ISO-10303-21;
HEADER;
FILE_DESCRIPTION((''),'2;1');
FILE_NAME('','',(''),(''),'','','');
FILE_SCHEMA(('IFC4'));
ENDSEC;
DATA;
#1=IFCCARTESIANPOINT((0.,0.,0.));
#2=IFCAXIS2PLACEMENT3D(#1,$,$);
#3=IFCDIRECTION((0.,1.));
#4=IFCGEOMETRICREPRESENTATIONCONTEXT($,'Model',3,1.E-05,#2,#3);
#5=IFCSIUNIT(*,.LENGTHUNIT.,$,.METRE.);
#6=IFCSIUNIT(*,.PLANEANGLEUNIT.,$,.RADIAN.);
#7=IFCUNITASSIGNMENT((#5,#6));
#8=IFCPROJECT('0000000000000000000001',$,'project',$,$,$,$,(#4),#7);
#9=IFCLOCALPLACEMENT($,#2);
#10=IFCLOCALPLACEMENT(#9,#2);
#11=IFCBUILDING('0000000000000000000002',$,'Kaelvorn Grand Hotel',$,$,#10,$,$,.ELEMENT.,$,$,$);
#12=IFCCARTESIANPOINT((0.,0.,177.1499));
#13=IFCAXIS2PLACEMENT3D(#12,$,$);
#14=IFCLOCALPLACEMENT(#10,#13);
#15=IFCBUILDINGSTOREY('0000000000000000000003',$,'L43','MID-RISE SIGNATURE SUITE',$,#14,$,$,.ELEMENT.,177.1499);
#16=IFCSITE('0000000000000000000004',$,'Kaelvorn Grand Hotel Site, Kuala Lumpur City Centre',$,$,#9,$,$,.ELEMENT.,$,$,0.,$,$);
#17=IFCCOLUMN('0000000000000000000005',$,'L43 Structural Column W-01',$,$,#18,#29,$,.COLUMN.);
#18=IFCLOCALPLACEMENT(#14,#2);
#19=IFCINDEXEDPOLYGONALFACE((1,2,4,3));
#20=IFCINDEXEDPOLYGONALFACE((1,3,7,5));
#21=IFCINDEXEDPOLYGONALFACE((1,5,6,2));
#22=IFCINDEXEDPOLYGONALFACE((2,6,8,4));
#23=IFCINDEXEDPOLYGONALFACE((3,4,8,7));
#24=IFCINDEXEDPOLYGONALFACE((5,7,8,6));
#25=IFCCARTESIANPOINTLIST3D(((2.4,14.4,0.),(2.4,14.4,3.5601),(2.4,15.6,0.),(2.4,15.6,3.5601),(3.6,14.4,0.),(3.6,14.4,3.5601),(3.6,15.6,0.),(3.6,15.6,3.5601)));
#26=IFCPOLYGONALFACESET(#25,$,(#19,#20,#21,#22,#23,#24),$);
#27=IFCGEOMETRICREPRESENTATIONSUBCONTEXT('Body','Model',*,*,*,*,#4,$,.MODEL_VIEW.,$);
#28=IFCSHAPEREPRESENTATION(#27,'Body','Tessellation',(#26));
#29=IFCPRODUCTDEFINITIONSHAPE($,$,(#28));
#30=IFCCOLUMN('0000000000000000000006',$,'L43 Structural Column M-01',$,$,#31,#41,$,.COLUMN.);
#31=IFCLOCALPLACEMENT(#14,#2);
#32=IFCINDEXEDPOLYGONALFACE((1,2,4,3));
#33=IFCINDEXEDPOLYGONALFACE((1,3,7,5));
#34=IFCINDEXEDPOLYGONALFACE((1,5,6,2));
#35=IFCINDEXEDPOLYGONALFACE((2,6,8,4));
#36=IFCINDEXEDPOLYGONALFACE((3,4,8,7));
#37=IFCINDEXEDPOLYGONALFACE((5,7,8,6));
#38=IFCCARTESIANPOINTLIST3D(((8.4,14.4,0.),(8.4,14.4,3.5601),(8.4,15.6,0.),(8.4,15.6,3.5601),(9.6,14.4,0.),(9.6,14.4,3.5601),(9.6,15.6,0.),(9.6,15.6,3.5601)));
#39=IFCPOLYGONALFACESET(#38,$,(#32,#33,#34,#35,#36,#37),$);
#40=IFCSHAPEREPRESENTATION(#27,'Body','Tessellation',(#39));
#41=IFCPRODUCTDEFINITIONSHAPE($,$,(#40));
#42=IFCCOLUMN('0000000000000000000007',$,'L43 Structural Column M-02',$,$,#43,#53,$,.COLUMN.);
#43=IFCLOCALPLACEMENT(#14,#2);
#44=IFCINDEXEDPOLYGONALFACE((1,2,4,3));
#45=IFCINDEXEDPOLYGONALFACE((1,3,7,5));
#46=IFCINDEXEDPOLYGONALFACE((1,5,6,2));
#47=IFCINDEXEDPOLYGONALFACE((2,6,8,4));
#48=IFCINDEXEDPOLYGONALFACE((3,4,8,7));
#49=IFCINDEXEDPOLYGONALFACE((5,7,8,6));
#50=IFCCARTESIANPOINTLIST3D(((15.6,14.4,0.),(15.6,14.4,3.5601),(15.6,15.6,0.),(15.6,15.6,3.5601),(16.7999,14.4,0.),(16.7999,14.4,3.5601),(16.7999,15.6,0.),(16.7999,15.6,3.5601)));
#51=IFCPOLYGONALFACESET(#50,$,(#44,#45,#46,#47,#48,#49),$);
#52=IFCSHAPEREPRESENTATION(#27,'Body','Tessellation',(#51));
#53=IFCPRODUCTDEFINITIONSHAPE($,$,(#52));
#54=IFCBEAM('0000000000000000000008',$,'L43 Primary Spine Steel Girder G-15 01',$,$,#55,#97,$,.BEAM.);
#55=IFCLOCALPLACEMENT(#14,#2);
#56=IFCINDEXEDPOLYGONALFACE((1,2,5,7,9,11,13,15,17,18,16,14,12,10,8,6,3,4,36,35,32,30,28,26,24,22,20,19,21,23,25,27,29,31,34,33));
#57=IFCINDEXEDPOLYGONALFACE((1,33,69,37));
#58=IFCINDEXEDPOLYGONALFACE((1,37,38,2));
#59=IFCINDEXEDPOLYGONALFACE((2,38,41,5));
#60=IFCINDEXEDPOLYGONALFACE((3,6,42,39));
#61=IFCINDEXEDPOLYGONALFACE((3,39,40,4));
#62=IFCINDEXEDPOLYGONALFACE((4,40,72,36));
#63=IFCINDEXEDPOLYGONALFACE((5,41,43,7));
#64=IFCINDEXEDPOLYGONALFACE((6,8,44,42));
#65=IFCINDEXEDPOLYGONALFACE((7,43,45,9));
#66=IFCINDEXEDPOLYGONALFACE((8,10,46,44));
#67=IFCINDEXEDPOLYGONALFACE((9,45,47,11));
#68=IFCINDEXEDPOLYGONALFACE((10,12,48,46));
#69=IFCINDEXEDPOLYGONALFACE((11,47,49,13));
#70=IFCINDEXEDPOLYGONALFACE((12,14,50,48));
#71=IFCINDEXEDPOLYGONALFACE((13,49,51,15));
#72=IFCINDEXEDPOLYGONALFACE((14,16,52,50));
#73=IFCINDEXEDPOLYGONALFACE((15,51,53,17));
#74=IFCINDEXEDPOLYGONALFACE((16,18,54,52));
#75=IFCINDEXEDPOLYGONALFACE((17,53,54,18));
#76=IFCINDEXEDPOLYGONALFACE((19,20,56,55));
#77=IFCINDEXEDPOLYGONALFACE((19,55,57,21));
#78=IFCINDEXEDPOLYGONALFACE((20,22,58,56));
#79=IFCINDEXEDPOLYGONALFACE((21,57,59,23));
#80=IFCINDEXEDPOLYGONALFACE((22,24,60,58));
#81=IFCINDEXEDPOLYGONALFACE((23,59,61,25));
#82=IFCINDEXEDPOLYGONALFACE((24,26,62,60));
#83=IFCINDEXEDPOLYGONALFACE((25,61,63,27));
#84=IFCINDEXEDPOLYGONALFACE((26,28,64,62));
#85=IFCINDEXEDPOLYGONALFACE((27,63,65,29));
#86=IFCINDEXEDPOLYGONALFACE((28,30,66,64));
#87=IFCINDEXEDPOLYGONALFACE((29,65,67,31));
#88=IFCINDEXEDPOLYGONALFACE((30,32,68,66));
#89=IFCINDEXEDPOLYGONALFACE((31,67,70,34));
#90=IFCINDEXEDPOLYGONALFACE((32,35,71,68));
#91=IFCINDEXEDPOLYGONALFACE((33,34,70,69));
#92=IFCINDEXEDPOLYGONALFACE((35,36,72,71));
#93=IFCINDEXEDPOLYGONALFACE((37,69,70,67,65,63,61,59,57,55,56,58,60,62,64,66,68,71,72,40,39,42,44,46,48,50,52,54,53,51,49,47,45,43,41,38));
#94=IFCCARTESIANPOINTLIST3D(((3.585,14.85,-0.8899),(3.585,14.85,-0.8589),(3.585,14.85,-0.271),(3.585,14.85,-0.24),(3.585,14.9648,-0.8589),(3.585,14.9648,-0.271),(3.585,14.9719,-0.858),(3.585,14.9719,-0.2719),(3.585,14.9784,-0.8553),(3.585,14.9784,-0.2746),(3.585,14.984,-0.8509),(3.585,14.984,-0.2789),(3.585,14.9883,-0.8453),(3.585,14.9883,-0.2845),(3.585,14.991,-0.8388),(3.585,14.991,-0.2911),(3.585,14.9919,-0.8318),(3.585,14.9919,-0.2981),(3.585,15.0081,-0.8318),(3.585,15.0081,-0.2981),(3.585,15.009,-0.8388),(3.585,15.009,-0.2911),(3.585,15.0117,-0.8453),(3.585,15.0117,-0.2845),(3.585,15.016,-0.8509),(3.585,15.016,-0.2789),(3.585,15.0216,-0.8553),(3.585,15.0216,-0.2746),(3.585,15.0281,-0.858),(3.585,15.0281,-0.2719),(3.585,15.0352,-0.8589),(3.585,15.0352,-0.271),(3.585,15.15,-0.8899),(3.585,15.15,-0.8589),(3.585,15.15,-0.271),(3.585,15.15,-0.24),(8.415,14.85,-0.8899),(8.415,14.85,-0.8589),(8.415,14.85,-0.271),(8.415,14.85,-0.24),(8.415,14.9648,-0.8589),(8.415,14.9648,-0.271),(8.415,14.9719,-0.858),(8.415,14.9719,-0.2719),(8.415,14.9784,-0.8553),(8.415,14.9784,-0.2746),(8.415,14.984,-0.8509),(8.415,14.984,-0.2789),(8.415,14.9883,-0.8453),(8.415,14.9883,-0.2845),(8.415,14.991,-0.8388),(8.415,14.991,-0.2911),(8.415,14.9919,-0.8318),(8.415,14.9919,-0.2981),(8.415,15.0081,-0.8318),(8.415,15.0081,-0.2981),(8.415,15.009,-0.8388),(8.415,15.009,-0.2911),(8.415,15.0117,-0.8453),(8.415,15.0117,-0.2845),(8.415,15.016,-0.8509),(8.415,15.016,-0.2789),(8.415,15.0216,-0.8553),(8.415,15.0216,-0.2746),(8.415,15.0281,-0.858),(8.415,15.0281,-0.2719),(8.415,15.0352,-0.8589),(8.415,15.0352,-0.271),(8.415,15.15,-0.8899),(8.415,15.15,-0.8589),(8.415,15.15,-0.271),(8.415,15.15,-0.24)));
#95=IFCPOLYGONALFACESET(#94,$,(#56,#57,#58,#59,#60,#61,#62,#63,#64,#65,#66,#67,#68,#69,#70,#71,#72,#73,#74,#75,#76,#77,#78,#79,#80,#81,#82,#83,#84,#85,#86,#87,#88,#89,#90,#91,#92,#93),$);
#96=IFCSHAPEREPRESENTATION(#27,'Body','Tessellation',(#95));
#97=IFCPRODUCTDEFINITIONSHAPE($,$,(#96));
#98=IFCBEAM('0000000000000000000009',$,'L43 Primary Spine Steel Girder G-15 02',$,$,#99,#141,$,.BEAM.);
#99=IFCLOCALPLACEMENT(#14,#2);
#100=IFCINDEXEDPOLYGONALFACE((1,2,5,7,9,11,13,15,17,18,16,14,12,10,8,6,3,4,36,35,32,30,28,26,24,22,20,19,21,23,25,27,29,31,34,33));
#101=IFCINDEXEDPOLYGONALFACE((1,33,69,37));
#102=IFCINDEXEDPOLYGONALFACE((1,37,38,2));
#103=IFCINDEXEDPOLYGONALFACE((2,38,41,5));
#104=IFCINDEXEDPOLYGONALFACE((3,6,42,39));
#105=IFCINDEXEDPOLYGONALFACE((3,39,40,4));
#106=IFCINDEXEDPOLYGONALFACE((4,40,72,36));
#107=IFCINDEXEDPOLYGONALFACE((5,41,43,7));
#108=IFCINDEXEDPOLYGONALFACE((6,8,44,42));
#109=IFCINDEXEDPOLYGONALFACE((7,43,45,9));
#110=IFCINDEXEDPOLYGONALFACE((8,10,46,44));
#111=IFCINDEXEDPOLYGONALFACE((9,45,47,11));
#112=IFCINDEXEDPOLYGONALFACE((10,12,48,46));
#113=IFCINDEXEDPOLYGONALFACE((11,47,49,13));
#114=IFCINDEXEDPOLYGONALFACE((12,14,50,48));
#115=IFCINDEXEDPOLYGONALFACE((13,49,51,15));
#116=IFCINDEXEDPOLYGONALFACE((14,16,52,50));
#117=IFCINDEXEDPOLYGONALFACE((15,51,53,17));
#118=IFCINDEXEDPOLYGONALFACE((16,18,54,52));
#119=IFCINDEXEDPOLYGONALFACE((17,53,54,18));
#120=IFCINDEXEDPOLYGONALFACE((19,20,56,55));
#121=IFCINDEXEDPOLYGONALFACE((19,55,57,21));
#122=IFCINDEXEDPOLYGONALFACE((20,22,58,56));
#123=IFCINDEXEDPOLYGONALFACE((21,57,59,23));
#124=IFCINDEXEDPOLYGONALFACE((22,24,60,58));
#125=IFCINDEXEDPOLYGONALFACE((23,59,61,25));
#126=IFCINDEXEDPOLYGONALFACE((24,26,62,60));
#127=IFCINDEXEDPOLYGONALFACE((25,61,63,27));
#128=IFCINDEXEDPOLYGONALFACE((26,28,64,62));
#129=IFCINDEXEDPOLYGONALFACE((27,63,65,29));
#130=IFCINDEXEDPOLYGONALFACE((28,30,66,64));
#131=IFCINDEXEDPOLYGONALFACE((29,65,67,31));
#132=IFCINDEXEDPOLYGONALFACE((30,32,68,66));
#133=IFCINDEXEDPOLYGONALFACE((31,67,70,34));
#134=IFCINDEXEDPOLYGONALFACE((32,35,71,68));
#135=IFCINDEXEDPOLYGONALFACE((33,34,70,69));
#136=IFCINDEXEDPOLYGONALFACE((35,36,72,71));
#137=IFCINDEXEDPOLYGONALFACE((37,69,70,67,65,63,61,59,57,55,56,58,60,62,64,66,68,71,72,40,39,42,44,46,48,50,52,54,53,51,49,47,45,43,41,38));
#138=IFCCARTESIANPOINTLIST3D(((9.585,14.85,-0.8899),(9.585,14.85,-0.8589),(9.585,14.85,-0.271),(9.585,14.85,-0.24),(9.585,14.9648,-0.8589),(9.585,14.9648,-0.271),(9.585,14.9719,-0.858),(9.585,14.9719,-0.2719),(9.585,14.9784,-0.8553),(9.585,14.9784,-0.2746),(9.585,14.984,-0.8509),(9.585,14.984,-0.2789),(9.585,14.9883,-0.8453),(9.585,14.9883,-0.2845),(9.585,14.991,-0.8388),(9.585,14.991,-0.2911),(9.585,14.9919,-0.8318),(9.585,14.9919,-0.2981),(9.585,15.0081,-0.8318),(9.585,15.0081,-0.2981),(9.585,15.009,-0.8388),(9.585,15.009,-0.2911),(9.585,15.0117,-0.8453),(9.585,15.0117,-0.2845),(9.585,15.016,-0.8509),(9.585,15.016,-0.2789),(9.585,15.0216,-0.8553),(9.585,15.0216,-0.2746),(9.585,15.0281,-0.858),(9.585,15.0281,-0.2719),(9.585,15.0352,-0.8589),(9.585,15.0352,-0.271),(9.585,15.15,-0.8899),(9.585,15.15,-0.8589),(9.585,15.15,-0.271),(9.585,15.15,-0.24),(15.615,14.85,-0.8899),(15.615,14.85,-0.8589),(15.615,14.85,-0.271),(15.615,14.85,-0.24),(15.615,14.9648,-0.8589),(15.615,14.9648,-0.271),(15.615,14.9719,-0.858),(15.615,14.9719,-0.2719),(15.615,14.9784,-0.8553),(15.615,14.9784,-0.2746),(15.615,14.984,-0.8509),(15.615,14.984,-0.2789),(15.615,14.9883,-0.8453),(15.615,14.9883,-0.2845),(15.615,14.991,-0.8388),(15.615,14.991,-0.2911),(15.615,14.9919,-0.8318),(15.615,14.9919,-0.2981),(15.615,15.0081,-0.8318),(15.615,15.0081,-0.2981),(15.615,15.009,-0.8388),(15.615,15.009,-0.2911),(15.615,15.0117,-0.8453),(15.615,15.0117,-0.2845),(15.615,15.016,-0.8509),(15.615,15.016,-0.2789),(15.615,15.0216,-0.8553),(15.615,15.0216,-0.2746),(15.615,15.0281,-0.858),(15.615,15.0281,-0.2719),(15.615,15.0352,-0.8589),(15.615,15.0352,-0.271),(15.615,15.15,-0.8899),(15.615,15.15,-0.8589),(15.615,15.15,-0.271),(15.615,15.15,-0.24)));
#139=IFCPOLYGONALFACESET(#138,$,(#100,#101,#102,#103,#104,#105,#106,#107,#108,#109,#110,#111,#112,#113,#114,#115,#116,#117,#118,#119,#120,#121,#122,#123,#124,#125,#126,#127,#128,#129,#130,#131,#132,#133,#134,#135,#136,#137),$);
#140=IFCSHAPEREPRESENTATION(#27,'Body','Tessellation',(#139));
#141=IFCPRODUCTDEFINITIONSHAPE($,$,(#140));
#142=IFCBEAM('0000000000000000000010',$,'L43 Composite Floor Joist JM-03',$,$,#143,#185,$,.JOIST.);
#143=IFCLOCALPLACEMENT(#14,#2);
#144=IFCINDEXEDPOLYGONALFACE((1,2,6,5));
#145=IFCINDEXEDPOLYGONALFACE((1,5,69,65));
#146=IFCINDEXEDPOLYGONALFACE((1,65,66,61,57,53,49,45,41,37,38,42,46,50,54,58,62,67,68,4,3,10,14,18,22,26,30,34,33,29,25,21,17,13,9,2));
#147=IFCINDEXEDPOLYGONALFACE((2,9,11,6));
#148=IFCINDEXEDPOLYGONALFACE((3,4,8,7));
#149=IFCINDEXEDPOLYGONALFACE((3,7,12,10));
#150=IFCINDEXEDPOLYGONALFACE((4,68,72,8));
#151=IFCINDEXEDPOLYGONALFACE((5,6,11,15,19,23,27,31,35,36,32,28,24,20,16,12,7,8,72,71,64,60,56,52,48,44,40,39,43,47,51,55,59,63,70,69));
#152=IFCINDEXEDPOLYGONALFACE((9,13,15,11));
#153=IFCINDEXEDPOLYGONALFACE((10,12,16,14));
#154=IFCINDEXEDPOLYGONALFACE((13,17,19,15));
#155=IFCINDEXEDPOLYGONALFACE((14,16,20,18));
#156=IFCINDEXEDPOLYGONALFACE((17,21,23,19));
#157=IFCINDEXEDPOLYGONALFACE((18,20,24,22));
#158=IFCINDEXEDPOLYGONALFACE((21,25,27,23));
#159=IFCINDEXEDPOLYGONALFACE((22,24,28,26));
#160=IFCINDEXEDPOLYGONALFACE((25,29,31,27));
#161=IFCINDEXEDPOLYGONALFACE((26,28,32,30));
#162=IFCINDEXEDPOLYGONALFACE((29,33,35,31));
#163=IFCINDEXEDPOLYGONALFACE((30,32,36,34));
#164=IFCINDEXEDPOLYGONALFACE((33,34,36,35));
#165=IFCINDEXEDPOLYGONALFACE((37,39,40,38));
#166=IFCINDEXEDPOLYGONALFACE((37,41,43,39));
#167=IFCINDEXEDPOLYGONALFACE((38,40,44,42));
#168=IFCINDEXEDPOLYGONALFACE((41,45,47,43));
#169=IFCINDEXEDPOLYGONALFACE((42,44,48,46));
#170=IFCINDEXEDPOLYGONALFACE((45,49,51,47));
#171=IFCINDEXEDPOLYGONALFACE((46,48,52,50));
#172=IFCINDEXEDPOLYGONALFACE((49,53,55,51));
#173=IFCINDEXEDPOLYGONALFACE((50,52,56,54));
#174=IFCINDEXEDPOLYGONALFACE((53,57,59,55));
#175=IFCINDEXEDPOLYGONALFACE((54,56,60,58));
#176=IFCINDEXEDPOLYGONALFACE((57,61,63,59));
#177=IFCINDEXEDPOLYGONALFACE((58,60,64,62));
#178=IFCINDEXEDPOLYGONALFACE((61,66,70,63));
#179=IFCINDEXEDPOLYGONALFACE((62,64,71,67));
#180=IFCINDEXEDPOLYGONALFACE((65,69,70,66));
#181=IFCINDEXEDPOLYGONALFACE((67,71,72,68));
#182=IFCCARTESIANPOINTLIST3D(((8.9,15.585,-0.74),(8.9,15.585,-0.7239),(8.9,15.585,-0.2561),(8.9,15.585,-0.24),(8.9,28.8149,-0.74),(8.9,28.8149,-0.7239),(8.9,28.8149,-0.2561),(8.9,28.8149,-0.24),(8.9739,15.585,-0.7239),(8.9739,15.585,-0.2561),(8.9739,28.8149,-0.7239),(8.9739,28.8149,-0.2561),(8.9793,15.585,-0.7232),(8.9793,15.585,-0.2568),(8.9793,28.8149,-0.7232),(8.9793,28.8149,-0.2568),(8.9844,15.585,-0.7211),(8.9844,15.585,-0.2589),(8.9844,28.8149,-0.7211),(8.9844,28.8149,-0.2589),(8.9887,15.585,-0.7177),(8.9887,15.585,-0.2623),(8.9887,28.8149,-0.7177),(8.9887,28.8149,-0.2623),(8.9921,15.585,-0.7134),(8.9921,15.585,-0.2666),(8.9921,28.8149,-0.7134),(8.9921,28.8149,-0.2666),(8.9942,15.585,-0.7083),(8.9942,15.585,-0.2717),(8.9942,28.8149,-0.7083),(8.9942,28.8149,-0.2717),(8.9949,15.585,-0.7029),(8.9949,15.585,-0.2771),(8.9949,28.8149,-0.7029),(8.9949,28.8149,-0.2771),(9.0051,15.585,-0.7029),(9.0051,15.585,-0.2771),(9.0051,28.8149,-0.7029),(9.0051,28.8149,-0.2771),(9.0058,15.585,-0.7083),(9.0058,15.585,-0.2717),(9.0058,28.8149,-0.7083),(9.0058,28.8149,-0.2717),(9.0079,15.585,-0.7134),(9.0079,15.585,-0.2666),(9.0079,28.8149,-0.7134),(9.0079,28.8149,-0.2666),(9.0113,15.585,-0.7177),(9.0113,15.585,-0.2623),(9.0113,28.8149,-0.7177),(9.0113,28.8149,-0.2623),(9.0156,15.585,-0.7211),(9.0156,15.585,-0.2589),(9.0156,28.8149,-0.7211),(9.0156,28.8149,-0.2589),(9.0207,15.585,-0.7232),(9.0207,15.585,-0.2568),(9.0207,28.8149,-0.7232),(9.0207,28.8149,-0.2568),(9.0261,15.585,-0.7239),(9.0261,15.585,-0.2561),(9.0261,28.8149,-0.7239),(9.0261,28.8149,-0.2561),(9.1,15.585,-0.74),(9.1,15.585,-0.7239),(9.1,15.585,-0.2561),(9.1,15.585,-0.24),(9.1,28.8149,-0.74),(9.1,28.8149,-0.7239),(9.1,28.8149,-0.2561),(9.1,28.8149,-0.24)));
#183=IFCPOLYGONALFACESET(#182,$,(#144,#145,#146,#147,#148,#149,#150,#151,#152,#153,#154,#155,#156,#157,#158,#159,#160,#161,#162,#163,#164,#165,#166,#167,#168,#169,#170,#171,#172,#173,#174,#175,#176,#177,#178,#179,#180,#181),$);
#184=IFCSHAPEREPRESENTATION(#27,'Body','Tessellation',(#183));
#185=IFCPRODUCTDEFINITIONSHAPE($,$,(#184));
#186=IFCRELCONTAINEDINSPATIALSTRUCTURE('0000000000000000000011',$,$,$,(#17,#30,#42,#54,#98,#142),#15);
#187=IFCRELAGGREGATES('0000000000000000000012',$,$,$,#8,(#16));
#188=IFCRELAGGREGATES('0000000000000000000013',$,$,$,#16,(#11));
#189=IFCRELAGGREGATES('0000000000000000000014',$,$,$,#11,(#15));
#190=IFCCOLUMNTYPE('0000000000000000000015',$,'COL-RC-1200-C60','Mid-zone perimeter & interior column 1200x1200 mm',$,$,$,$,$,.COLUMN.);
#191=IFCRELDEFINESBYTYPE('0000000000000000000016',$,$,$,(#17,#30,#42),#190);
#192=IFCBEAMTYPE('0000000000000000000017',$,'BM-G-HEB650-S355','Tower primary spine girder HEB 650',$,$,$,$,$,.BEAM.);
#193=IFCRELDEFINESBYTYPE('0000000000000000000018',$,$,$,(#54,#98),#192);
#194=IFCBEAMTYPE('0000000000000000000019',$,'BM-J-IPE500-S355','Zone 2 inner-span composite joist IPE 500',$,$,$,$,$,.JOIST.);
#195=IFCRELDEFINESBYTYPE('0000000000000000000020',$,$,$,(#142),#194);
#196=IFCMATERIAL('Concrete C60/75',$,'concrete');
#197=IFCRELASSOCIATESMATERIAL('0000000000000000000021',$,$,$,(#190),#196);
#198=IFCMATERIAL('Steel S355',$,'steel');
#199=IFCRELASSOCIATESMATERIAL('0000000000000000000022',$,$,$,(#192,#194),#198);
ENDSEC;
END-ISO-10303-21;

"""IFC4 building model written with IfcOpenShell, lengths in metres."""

from ifc_helpers import new_model, si_unit, direction, frame, origin, origin_2d, place, context, subcontext, project, spatial, rectangle, i_section, extrude, material, material_profile, profile_set, type_object, element, save


model = new_model("IFC4")

# Units and contexts
model_context = context("Model", 3, precision=1e-05, world=origin(), true_north=direction((0.0, 1.0)))
body_context = subcontext(model_context, "Body", "Model", "MODEL_VIEW")
ifc_project = project(units=[si_unit("LENGTHUNIT", "METRE"), si_unit("PLANEANGLEUNIT", "RADIAN")], contexts=[model_context])

# Site, building, storey
site_placement = place(None, origin())
site = spatial("IfcSite", under=ifc_project, at=site_placement, Name="Kaelvorn Grand Hotel Site, Kuala Lumpur City Centre", CompositionType="ELEMENT", RefElevation=0.0)
building_placement = place(site_placement, origin())
building = spatial("IfcBuilding", under=site, at=building_placement, Name="Kaelvorn Grand Hotel", CompositionType="ELEMENT")
storey_placement = place(building_placement, frame((0.0, 0.0, 177.1499)))
storey = spatial("IfcBuildingStorey", under=building, at=storey_placement, Name="L43", Description="MID-RISE SIGNATURE SUITE", CompositionType="ELEMENT", Elevation=177.1499)

# Columns
ifc_material_1 = material(Name="Concrete C60/75", Category="concrete")
ifc_material_profile_1 = material_profile(ifc_material_1, rectangle(XDim=1.2, YDim=1.2, at=origin_2d()), Name="RC COL 1200x1200")
ifc_profile_set_1 = profile_set([ifc_material_profile_1], Name="Concrete C60/75")
column_type = type_object("IfcColumnType", Name="COL-RC-1200-C60", Description="Mid-zone perimeter & interior column 1200x1200 mm", PredefinedType="COLUMN", material=ifc_profile_set_1)
for number, where, z_axis, x_axis, name in (
    (1, (3.0, 15.0, 0.0), (0.0, 0.0, 1.0), (1.0, 0.0, 0.0), "L43 Structural Column W-01"),
    (2, (9.0, 15.0, 0.0), (0.0, 0.0, 1.0), (1.0, 0.0, 0.0), "L43 Structural Column M-01"),
    (3, (16.2, 15.0, 0.0), (0.0, 0.0, 1.0), (1.0, 0.0, 0.0), "L43 Structural Column M-02"),
):
    element("IfcColumn", number, at=place(storey_placement, frame(where, z_axis=z_axis, x_axis=x_axis)), inside=storey, type_object=column_type, Name=name, PredefinedType="COLUMN", context=body_context, shape_type="SweptSolid", body=[
        extrude(rectangle(XDim=1.2, YDim=1.2, at=origin_2d()), origin(), (0.0, 0.0, 1.0), 3.5601),
    ])

# Beams
ifc_material_2 = material(Name="Steel S355", Category="steel")
ifc_material_profile_2 = material_profile(ifc_material_2, i_section(OverallWidth=0.3, OverallDepth=0.6499, WebThickness=0.0161, FlangeThickness=0.031, FilletRadius=0.0271, at=origin_2d()), Name="HEB 650")
ifc_profile_set_2 = profile_set([ifc_material_profile_2], Name="Steel S355")
beam_type_1 = type_object("IfcBeamType", Name="BM-G-HEB650-S355", Description="Tower primary spine girder HEB 650", PredefinedType="BEAM", material=ifc_profile_set_2)
beam_1_placement = place(storey_placement, frame((3.585, 15.0, -0.5649), z_axis=(1.0, 0.0, 0.0), x_axis=(0.0, 1.0, 0.0)))
element("IfcBeam", 4, at=beam_1_placement, inside=storey, type_object=beam_type_1, Name="L43 Primary Spine Steel Girder G-15 01", PredefinedType="BEAM", context=body_context, shape_type="SweptSolid", body=[
    extrude(i_section(OverallWidth=0.3, OverallDepth=0.6499, WebThickness=0.0161, FlangeThickness=0.031, FilletRadius=0.0271, at=origin_2d()), origin(), (0.0, 0.0, 1.0), 4.8301),
])
beam_2_placement = place(storey_placement, frame((9.585, 15.0, -0.5649), z_axis=(1.0, 0.0, 0.0), x_axis=(0.0, 1.0, 0.0)))
element("IfcBeam", 5, at=beam_2_placement, inside=storey, type_object=beam_type_1, Name="L43 Primary Spine Steel Girder G-15 02", PredefinedType="BEAM", context=body_context, shape_type="SweptSolid", body=[
    extrude(i_section(OverallWidth=0.3, OverallDepth=0.6499, WebThickness=0.0161, FlangeThickness=0.031, FilletRadius=0.0271, at=origin_2d()), origin(), (0.0, 0.0, 1.0), 6.03),
])
ifc_material_profile_3 = material_profile(ifc_material_2, i_section(OverallWidth=0.2, OverallDepth=0.5, WebThickness=0.0103, FlangeThickness=0.0161, FilletRadius=0.021, at=origin_2d()), Name="IPE 500")
ifc_profile_set_3 = profile_set([ifc_material_profile_3], Name="Steel S355")
beam_type_2 = type_object("IfcBeamType", Name="BM-J-IPE500-S355", Description="Zone 2 inner-span composite joist IPE 500", PredefinedType="JOIST", material=ifc_profile_set_3)
beam_3_placement = place(storey_placement, frame((9.0, 15.585, -0.49), z_axis=(0.0, 1.0, 0.0), x_axis=(-1.0, 0.0, 0.0)))
element("IfcBeam", 6, at=beam_3_placement, inside=storey, type_object=beam_type_2, Name="L43 Composite Floor Joist JM-03", PredefinedType="JOIST", context=body_context, shape_type="SweptSolid", body=[
    extrude(i_section(OverallWidth=0.2, OverallDepth=0.5, WebThickness=0.0103, FlangeThickness=0.0161, FilletRadius=0.021, at=origin_2d()), origin(), (0.0, 0.0, 1.0), 13.23),
])

save(model, "model.ifc")
